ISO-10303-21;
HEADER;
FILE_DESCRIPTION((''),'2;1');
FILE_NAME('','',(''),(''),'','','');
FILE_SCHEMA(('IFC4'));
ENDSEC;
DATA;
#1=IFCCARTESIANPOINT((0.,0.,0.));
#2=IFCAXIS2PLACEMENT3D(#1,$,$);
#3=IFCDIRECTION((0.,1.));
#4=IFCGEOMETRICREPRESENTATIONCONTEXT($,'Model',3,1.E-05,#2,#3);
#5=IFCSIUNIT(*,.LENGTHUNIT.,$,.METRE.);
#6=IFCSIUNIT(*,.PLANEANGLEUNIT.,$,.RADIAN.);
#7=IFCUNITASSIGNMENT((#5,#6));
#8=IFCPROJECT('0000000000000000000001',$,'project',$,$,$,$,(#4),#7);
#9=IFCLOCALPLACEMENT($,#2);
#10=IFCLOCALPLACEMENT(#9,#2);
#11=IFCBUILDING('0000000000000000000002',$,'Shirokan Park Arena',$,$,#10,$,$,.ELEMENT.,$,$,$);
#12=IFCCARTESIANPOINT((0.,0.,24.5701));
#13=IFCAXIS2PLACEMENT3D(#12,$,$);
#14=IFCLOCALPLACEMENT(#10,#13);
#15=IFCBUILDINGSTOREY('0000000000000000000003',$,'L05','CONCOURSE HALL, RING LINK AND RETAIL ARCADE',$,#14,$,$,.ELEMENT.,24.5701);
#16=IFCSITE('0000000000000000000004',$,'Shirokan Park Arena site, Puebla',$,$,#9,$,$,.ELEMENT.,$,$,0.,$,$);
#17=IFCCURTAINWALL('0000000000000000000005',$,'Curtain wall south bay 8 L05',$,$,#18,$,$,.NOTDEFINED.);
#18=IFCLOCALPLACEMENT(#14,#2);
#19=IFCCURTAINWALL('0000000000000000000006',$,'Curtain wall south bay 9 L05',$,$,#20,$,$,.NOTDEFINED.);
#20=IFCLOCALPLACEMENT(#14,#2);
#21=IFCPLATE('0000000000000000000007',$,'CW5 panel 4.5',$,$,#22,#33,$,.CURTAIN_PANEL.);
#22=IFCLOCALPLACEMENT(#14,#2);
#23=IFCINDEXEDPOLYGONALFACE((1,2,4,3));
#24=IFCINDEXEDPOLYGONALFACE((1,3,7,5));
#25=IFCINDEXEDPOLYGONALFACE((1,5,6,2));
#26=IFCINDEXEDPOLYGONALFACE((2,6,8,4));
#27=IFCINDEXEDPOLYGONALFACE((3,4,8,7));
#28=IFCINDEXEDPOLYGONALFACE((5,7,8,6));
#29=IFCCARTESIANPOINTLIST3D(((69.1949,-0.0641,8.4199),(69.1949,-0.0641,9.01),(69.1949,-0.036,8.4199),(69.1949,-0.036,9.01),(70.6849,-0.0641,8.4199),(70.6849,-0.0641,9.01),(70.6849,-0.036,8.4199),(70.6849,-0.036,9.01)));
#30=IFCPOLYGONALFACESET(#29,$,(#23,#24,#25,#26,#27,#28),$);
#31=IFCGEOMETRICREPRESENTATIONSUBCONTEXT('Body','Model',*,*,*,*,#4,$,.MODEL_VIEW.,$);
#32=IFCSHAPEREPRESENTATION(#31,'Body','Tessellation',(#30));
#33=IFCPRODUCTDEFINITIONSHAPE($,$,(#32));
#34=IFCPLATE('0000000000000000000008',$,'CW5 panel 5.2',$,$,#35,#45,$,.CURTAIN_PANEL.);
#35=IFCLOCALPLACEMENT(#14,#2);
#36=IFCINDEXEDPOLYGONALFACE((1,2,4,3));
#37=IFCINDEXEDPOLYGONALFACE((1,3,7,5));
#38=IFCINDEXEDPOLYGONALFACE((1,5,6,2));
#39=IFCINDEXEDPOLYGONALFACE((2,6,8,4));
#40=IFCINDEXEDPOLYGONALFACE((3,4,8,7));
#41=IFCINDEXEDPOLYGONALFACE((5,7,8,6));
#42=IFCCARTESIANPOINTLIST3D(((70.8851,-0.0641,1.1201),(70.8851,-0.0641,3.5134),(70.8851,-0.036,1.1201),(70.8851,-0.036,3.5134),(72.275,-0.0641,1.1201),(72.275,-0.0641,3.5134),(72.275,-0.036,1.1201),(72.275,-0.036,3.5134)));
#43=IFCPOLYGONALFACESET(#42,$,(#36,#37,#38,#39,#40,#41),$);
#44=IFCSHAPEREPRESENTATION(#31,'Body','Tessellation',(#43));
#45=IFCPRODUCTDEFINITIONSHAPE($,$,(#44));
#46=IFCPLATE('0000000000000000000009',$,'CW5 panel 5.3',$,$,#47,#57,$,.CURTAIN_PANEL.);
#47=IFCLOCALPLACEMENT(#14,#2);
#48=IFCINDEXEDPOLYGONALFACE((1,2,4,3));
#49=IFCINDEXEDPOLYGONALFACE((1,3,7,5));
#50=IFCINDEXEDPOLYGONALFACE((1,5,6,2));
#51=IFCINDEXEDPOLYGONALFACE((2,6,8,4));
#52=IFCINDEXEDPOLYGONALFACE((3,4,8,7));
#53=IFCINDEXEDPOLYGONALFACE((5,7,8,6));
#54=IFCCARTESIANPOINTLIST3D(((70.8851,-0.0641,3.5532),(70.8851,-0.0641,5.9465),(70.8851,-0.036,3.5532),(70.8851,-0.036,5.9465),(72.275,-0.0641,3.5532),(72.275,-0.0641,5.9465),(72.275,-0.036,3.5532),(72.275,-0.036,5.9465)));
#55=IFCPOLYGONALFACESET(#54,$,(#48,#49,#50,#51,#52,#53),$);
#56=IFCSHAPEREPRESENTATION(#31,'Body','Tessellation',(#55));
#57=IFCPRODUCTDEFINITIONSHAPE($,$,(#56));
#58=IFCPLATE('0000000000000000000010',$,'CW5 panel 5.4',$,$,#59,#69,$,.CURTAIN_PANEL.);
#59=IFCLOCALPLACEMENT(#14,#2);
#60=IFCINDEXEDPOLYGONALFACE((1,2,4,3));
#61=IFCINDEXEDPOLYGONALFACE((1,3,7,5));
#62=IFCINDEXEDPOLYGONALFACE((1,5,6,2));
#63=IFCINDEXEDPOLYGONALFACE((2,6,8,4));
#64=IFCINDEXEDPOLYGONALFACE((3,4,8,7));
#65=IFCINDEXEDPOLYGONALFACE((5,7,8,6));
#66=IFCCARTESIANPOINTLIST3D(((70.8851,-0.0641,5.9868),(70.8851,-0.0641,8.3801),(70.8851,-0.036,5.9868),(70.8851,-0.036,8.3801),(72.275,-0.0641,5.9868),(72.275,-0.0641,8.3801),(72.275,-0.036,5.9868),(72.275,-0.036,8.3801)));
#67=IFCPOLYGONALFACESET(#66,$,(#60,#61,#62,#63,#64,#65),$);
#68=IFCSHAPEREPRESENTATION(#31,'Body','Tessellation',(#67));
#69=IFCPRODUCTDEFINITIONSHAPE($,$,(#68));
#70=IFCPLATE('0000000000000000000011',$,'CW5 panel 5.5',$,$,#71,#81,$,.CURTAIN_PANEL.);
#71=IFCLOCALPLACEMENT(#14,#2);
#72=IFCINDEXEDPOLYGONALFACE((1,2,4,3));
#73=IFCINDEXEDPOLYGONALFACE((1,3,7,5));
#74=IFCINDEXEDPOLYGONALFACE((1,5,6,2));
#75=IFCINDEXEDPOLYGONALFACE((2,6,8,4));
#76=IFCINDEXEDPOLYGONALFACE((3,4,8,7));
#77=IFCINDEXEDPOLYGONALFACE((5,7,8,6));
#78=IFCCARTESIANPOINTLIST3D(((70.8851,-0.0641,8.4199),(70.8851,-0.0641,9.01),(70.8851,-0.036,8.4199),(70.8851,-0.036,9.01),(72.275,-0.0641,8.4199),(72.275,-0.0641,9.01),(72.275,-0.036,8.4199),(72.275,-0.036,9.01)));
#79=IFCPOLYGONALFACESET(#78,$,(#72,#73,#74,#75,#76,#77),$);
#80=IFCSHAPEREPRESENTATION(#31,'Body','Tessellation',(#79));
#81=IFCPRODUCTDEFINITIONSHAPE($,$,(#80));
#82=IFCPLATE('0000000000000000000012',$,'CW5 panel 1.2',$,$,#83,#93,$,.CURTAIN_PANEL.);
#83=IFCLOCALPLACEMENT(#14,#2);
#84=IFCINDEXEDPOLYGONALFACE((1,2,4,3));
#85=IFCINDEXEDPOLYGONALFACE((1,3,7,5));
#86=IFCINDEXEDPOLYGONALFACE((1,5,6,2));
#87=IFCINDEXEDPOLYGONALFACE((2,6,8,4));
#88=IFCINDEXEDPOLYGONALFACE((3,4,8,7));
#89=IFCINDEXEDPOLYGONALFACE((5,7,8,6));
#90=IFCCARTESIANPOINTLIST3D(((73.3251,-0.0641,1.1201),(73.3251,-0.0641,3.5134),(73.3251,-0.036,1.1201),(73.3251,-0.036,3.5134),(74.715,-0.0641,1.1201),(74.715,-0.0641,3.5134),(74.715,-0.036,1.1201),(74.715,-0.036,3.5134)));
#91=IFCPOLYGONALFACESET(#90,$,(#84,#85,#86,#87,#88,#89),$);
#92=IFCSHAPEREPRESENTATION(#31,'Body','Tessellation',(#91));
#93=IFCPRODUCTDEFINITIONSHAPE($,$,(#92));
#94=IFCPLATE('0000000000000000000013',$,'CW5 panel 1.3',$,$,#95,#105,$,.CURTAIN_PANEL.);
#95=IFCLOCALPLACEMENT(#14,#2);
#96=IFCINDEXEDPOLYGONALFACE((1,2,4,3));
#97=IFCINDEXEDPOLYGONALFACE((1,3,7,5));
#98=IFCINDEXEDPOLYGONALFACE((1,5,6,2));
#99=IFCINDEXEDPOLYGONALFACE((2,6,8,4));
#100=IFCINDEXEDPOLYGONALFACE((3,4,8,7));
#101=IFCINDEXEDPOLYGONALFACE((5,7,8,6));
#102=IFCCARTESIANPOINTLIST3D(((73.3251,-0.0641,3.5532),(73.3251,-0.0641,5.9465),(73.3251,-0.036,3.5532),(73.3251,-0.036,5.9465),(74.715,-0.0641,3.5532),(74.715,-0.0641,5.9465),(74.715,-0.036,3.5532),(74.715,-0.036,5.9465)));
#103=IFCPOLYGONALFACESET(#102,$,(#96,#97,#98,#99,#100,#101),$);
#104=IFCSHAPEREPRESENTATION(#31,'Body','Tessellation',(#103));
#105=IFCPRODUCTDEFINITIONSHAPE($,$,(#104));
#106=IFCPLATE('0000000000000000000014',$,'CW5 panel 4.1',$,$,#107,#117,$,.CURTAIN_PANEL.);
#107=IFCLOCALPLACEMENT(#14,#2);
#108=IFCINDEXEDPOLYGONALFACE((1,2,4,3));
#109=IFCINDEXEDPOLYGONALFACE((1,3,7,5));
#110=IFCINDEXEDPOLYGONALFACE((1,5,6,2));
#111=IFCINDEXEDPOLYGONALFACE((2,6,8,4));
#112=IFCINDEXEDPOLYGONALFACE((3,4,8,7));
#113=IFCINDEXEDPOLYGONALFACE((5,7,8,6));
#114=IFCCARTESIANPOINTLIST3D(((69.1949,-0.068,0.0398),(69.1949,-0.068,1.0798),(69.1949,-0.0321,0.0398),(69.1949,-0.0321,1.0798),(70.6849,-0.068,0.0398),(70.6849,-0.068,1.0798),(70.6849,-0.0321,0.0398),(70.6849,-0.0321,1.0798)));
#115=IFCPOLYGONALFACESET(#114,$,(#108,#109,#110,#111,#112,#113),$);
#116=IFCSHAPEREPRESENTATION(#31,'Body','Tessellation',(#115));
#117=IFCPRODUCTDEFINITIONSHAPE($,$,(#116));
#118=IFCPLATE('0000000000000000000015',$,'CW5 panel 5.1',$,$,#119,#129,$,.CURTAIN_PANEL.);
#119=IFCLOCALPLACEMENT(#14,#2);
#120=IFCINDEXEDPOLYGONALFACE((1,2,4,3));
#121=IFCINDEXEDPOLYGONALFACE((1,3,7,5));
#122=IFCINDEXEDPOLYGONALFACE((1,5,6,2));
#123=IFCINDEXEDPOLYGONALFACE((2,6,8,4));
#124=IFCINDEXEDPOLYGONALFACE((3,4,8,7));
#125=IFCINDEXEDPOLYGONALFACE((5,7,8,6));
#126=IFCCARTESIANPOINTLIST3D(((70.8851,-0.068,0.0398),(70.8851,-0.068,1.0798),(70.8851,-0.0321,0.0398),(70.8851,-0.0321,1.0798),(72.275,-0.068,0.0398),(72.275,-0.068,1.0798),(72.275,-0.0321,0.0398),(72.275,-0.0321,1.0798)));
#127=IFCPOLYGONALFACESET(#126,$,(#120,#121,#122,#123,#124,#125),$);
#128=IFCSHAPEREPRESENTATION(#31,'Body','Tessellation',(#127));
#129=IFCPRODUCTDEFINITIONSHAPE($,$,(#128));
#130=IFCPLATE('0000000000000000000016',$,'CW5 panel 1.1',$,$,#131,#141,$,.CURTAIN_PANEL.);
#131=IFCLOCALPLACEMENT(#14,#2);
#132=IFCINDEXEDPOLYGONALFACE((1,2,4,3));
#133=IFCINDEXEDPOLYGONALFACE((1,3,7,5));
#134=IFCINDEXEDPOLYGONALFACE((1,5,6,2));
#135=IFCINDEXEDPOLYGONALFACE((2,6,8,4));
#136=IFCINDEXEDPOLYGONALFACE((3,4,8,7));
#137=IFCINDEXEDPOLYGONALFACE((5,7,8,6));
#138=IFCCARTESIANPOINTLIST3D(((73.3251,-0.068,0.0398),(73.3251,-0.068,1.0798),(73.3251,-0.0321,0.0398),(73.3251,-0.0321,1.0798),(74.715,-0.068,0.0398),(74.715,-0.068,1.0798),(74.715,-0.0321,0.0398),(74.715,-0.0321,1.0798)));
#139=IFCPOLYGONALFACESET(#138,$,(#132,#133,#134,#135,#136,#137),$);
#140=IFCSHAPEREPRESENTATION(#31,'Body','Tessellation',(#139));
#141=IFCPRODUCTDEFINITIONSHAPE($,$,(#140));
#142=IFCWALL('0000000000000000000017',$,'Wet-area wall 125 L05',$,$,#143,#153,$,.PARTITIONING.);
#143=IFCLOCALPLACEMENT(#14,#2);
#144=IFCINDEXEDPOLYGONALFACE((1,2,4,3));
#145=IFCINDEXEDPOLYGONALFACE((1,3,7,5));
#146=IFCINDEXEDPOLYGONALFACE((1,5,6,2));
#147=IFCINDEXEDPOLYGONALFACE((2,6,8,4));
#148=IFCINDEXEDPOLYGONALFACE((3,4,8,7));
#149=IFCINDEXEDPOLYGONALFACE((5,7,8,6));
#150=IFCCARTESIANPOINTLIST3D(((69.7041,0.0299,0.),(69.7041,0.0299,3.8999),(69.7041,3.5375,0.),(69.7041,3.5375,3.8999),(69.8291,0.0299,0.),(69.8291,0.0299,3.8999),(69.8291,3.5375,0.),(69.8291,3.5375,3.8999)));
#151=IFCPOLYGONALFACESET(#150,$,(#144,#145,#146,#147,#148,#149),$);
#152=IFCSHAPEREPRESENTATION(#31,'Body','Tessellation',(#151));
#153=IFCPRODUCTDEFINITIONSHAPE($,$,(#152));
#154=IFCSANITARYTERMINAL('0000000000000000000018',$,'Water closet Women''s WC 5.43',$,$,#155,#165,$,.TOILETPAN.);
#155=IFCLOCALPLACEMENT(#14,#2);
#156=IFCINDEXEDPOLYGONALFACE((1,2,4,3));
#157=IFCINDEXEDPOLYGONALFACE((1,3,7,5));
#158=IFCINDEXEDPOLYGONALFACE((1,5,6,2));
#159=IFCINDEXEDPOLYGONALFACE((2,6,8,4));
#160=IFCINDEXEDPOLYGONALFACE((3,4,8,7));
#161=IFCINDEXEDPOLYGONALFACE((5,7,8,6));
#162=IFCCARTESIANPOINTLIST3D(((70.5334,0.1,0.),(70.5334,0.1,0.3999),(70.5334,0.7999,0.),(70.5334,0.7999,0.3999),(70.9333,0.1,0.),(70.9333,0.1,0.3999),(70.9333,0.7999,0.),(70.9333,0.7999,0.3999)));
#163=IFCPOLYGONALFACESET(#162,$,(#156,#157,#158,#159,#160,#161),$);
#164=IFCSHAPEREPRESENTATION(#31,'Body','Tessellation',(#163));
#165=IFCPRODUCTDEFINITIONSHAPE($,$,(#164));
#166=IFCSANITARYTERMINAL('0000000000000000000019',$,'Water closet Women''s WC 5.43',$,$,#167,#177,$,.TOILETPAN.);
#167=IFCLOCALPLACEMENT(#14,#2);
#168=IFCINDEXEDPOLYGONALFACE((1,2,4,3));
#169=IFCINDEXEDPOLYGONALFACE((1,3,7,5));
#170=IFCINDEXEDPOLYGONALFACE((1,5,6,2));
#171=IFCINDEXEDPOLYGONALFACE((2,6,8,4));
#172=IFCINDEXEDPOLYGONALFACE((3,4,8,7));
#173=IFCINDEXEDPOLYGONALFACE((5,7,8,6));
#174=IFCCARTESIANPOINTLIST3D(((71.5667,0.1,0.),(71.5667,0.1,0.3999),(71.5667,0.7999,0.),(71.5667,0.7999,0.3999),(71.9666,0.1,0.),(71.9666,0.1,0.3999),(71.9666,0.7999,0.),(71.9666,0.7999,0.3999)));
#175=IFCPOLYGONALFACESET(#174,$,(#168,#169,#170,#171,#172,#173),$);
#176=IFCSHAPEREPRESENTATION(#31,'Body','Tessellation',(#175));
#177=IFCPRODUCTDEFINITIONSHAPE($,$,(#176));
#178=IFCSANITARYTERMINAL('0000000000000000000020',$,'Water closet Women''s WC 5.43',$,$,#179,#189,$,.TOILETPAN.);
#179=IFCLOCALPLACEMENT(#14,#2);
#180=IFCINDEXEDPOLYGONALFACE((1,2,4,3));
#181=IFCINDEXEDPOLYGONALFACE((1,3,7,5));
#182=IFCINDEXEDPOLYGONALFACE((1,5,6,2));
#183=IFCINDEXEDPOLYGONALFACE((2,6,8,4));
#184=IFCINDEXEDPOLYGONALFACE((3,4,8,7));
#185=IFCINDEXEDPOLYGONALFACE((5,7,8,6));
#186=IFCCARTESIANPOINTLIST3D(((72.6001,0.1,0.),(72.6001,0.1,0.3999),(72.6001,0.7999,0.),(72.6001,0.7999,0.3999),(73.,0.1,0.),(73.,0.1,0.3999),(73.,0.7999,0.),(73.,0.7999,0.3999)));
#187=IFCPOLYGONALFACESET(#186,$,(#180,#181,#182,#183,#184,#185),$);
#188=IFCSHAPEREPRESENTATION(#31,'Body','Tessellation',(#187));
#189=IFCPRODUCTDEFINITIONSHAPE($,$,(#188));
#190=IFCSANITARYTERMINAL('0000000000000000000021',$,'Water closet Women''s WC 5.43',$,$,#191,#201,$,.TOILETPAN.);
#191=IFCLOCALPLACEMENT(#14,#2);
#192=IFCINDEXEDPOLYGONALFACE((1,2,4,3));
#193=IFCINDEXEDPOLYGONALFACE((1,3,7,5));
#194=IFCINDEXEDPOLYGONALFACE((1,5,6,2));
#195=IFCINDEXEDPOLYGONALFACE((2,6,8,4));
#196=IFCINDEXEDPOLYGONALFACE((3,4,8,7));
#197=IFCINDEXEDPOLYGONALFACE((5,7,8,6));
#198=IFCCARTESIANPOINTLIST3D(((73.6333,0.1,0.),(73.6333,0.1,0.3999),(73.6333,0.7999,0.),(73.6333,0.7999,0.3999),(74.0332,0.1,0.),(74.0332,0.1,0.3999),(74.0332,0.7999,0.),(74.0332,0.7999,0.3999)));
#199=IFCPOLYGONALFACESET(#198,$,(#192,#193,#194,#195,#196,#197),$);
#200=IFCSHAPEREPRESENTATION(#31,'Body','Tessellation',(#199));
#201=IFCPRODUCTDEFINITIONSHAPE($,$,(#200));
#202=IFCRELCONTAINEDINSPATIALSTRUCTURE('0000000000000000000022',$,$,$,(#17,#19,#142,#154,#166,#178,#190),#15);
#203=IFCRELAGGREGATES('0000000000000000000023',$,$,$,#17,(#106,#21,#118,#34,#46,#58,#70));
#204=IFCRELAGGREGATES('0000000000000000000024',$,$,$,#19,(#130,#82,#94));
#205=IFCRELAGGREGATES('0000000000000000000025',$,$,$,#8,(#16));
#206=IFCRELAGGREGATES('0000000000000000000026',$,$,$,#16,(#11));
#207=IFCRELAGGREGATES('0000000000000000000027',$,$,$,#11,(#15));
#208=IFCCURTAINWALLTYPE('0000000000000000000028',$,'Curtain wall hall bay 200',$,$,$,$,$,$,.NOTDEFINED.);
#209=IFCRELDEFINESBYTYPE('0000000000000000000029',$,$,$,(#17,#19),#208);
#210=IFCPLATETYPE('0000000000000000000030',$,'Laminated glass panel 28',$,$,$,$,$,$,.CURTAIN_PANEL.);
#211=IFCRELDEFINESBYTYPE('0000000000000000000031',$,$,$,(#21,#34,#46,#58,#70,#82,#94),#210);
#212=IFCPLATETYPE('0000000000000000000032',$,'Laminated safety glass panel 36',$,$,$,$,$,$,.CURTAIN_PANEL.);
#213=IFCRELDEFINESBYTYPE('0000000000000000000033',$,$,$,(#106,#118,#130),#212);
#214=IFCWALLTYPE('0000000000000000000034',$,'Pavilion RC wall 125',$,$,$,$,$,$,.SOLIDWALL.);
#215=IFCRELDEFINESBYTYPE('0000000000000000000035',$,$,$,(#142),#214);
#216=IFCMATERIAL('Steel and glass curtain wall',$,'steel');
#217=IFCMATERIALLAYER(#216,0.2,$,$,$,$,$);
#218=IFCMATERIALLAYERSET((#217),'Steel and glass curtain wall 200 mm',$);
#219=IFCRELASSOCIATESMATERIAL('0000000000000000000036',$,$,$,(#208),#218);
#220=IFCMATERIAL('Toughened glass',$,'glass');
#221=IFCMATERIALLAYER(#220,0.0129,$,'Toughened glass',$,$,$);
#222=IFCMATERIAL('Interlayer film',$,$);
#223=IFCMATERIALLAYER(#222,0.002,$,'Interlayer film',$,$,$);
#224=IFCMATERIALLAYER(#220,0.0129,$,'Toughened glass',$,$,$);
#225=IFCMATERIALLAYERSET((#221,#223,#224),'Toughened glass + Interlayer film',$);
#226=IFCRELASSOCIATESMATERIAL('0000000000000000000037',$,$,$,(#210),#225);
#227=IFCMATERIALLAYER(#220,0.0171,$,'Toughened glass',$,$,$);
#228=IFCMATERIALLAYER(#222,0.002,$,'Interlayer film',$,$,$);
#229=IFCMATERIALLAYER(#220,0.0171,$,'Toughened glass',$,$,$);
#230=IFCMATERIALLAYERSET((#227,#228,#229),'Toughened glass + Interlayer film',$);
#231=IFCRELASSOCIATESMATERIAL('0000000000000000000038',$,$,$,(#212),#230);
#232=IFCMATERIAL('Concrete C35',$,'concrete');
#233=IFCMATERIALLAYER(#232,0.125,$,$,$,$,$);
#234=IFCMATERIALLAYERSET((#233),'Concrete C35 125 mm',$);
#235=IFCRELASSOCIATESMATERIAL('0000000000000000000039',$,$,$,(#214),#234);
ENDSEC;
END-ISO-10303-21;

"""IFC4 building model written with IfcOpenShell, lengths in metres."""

from ifc_helpers import new_model, si_unit, direction, frame, frame_2d, origin, origin_2d, place, context, subcontext, project, spatial, rectangle, extrude, material, layer, layer_set, type_object, element, aggregate, save


model = new_model("IFC4")

# Units and contexts
model_context = context("Model", 3, precision=1e-05, world=origin(), true_north=direction((0.0, 1.0)))
body_context = subcontext(model_context, "Body", "Model", "MODEL_VIEW")
ifc_project = project(units=[si_unit("LENGTHUNIT", "METRE"), si_unit("PLANEANGLEUNIT", "RADIAN")], contexts=[model_context])

# Site, building, storey
site_placement = place(None, origin())
site = spatial("IfcSite", under=ifc_project, at=site_placement, Name="Shirokan Park Arena site, Puebla", CompositionType="ELEMENT", RefElevation=0.0)
building_placement = place(site_placement, origin())
building = spatial("IfcBuilding", under=site, at=building_placement, Name="Shirokan Park Arena", CompositionType="ELEMENT")
storey_placement = place(building_placement, frame((0.0, 0.0, 24.5701)))
storey = spatial("IfcBuildingStorey", under=building, at=storey_placement, Name="L05", Description="CONCOURSE HALL, RING LINK AND RETAIL ARCADE", CompositionType="ELEMENT", Elevation=24.5701)

# Shared definitions
ifc_material_1 = material(Name="Concrete C35", Category="concrete")

# Curtain wall
ifc_material_2 = material(Name="Steel and glass curtain wall", Category="steel")
ifc_layer_1 = layer(ifc_material_2, 0.2)
ifc_layer_set_1 = layer_set([ifc_layer_1], Name="Steel and glass curtain wall 200 mm")
curtain_wall_type = type_object("IfcCurtainWallType", Name="Curtain wall hall bay 200", PredefinedType="NOTDEFINED", material=ifc_layer_set_1)
curtain_wall_1_placement = place(storey_placement, origin())
curtain_wall_1 = element("IfcCurtainWall", 1, at=curtain_wall_1_placement, inside=storey, type_object=curtain_wall_type, Name="Curtain wall south bay 8 L05", PredefinedType="NOTDEFINED")

# Curtain wall
curtain_wall_2_placement = place(storey_placement, origin())
curtain_wall_2 = element("IfcCurtainWall", 2, at=curtain_wall_2_placement, inside=storey, type_object=curtain_wall_type, Name="Curtain wall south bay 9 L05", PredefinedType="NOTDEFINED")

# Plates
ifc_material_3 = material(Name="Toughened glass", Category="glass")
ifc_layer_2 = layer(ifc_material_3, 0.0129, Name="Toughened glass")
ifc_material_4 = material(Name="Interlayer film")
ifc_layer_3 = layer(ifc_material_4, 0.002, Name="Interlayer film")
ifc_layer_4 = layer(ifc_material_3, 0.0129, Name="Toughened glass")
ifc_layer_set_2 = layer_set([ifc_layer_2, ifc_layer_3, ifc_layer_4], Name="Toughened glass + Interlayer film")
plate_type_1 = type_object("IfcPlateType", Name="Laminated glass panel 28", PredefinedType="CURTAIN_PANEL", material=ifc_layer_set_2)
plate_1_placement = place(storey_placement, frame((69.9399, -0.05, 8.4199), z_axis=(0.0, 0.0, 1.0), x_axis=(1.0, 0.0, 0.0)))
plate_1 = element("IfcPlate", 3, at=plate_1_placement, type_object=plate_type_1, Name="CW5 panel 4.5", PredefinedType="CURTAIN_PANEL", context=body_context, shape_type="SweptSolid", body=[
    extrude(rectangle(XDim=1.49, YDim=0.0281, at=origin_2d()), origin(), (0.0, 0.0, 1.0), 0.5901),
])
plate_2_placement = place(storey_placement, frame((71.5801, -0.05, 1.1201), z_axis=(0.0, 0.0, 1.0), x_axis=(1.0, 0.0, 0.0)))
plate_2 = element("IfcPlate", 4, at=plate_2_placement, type_object=plate_type_1, Name="CW5 panel 5.2", PredefinedType="CURTAIN_PANEL", context=body_context, shape_type="SweptSolid", body=[
    extrude(rectangle(XDim=1.3899, YDim=0.0281, at=origin_2d()), origin(), (0.0, 0.0, 1.0), 2.3933),
])
plate_3_placement = place(storey_placement, frame((71.5801, -0.05, 3.5532), z_axis=(0.0, 0.0, 1.0), x_axis=(1.0, 0.0, 0.0)))
plate_3 = element("IfcPlate", 5, at=plate_3_placement, type_object=plate_type_1, Name="CW5 panel 5.3", PredefinedType="CURTAIN_PANEL", context=body_context, shape_type="SweptSolid", body=[
    extrude(rectangle(XDim=1.3899, YDim=0.0281, at=origin_2d()), origin(), (0.0, 0.0, 1.0), 2.3933),
])
plate_4_placement = place(storey_placement, frame((71.5801, -0.05, 5.9868), z_axis=(0.0, 0.0, 1.0), x_axis=(1.0, 0.0, 0.0)))
plate_4 = element("IfcPlate", 6, at=plate_4_placement, type_object=plate_type_1, Name="CW5 panel 5.4", PredefinedType="CURTAIN_PANEL", context=body_context, shape_type="SweptSolid", body=[
    extrude(rectangle(XDim=1.3899, YDim=0.0281, at=origin_2d()), origin(), (0.0, 0.0, 1.0), 2.3933),
])
plate_5_placement = place(storey_placement, frame((71.5801, -0.05, 8.4199), z_axis=(0.0, 0.0, 1.0), x_axis=(1.0, 0.0, 0.0)))
plate_5 = element("IfcPlate", 7, at=plate_5_placement, type_object=plate_type_1, Name="CW5 panel 5.5", PredefinedType="CURTAIN_PANEL", context=body_context, shape_type="SweptSolid", body=[
    extrude(rectangle(XDim=1.3899, YDim=0.0281, at=origin_2d()), origin(), (0.0, 0.0, 1.0), 0.5901),
])
plate_6_placement = place(storey_placement, frame((74.02, -0.05, 1.1201), z_axis=(0.0, 0.0, 1.0), x_axis=(1.0, 0.0, 0.0)))
plate_6 = element("IfcPlate", 8, at=plate_6_placement, type_object=plate_type_1, Name="CW5 panel 1.2", PredefinedType="CURTAIN_PANEL", context=body_context, shape_type="SweptSolid", body=[
    extrude(rectangle(XDim=1.3899, YDim=0.0281, at=origin_2d()), origin(), (0.0, 0.0, 1.0), 2.3933),
])
plate_7_placement = place(storey_placement, frame((74.02, -0.05, 3.5532), z_axis=(0.0, 0.0, 1.0), x_axis=(1.0, 0.0, 0.0)))
plate_7 = element("IfcPlate", 9, at=plate_7_placement, type_object=plate_type_1, Name="CW5 panel 1.3", PredefinedType="CURTAIN_PANEL", context=body_context, shape_type="SweptSolid", body=[
    extrude(rectangle(XDim=1.3899, YDim=0.0281, at=origin_2d()), origin(), (0.0, 0.0, 1.0), 2.3933),
])
ifc_layer_5 = layer(ifc_material_3, 0.0171, Name="Toughened glass")
ifc_layer_6 = layer(ifc_material_4, 0.002, Name="Interlayer film")
ifc_layer_7 = layer(ifc_material_3, 0.0171, Name="Toughened glass")
ifc_layer_set_3 = layer_set([ifc_layer_5, ifc_layer_6, ifc_layer_7], Name="Toughened glass + Interlayer film")
plate_type_2 = type_object("IfcPlateType", Name="Laminated safety glass panel 36", PredefinedType="CURTAIN_PANEL", material=ifc_layer_set_3)
plate_8_placement = place(storey_placement, frame((69.9399, -0.05, 0.0398), z_axis=(0.0, 0.0, 1.0), x_axis=(1.0, 0.0, 0.0)))
plate_8 = element("IfcPlate", 10, at=plate_8_placement, type_object=plate_type_2, Name="CW5 panel 4.1", PredefinedType="CURTAIN_PANEL", context=body_context, shape_type="SweptSolid", body=[
    extrude(rectangle(XDim=1.49, YDim=0.0359, at=origin_2d()), origin(), (0.0, 0.0, 1.0), 1.04),
])
plate_9_placement = place(storey_placement, frame((71.5801, -0.05, 0.0398), z_axis=(0.0, 0.0, 1.0), x_axis=(1.0, 0.0, 0.0)))
plate_9 = element("IfcPlate", 11, at=plate_9_placement, type_object=plate_type_2, Name="CW5 panel 5.1", PredefinedType="CURTAIN_PANEL", context=body_context, shape_type="SweptSolid", body=[
    extrude(rectangle(XDim=1.3899, YDim=0.0359, at=origin_2d()), origin(), (0.0, 0.0, 1.0), 1.04),
])
aggregate(curtain_wall_1, [plate_8, plate_1, plate_9, plate_2, plate_3, plate_4, plate_5])
plate_10_placement = place(storey_placement, frame((74.02, -0.05, 0.0398), z_axis=(0.0, 0.0, 1.0), x_axis=(1.0, 0.0, 0.0)))
plate_10 = element("IfcPlate", 12, at=plate_10_placement, type_object=plate_type_2, Name="CW5 panel 1.1", PredefinedType="CURTAIN_PANEL", context=body_context, shape_type="SweptSolid", body=[
    extrude(rectangle(XDim=1.3899, YDim=0.0359, at=origin_2d()), origin(), (0.0, 0.0, 1.0), 1.04),
])
aggregate(curtain_wall_2, [plate_10, plate_6, plate_7])

# Wall
ifc_layer_8 = layer(ifc_material_1, 0.125)
ifc_layer_set_4 = layer_set([ifc_layer_8], Name="Concrete C35 125 mm")
wall_type = type_object("IfcWallType", Name="Pavilion RC wall 125", PredefinedType="SOLIDWALL", material=ifc_layer_set_4)
wall_placement = place(storey_placement, frame((69.7666, 3.5376, 0.0), z_axis=(0.0, 0.0, 1.0), x_axis=(0.0, -1.0, 0.0)))
element("IfcWall", 13, at=wall_placement, inside=storey, type_object=wall_type, Name="Wet-area wall 125 L05", PredefinedType="PARTITIONING", context=body_context, shape_type="SweptSolid", body=[
    extrude(rectangle(XDim=3.5076, YDim=0.125, at=frame_2d((1.7539, 0.0))), origin(), (0.0, 0.0, 1.0), 3.8999),
])

# Sanitary terminals
for number, where, z_axis, x_axis, name in (
    (14, (70.7334, 0.45, 0.0), (0.0, 0.0, 1.0), (1.0, 0.0, 0.0), "Water closet Women's WC 5.43"),
    (15, (71.7666, 0.45, 0.0), (0.0, 0.0, 1.0), (1.0, 0.0, 0.0), "Water closet Women's WC 5.43"),
    (16, (72.8, 0.45, 0.0), (0.0, 0.0, 1.0), (1.0, 0.0, 0.0), "Water closet Women's WC 5.43"),
    (17, (73.8333, 0.45, 0.0), (0.0, 0.0, 1.0), (1.0, 0.0, 0.0), "Water closet Women's WC 5.43"),
):
    element("IfcSanitaryTerminal", number, at=place(storey_placement, frame(where, z_axis=z_axis, x_axis=x_axis)), inside=storey, Name=name, PredefinedType="TOILETPAN", context=body_context, shape_type="SweptSolid", body=[
        extrude(rectangle(XDim=0.3999, YDim=0.7, at=origin_2d()), origin(), (0.0, 0.0, 1.0), 0.3999),
    ])

save(model, "model.ifc")
